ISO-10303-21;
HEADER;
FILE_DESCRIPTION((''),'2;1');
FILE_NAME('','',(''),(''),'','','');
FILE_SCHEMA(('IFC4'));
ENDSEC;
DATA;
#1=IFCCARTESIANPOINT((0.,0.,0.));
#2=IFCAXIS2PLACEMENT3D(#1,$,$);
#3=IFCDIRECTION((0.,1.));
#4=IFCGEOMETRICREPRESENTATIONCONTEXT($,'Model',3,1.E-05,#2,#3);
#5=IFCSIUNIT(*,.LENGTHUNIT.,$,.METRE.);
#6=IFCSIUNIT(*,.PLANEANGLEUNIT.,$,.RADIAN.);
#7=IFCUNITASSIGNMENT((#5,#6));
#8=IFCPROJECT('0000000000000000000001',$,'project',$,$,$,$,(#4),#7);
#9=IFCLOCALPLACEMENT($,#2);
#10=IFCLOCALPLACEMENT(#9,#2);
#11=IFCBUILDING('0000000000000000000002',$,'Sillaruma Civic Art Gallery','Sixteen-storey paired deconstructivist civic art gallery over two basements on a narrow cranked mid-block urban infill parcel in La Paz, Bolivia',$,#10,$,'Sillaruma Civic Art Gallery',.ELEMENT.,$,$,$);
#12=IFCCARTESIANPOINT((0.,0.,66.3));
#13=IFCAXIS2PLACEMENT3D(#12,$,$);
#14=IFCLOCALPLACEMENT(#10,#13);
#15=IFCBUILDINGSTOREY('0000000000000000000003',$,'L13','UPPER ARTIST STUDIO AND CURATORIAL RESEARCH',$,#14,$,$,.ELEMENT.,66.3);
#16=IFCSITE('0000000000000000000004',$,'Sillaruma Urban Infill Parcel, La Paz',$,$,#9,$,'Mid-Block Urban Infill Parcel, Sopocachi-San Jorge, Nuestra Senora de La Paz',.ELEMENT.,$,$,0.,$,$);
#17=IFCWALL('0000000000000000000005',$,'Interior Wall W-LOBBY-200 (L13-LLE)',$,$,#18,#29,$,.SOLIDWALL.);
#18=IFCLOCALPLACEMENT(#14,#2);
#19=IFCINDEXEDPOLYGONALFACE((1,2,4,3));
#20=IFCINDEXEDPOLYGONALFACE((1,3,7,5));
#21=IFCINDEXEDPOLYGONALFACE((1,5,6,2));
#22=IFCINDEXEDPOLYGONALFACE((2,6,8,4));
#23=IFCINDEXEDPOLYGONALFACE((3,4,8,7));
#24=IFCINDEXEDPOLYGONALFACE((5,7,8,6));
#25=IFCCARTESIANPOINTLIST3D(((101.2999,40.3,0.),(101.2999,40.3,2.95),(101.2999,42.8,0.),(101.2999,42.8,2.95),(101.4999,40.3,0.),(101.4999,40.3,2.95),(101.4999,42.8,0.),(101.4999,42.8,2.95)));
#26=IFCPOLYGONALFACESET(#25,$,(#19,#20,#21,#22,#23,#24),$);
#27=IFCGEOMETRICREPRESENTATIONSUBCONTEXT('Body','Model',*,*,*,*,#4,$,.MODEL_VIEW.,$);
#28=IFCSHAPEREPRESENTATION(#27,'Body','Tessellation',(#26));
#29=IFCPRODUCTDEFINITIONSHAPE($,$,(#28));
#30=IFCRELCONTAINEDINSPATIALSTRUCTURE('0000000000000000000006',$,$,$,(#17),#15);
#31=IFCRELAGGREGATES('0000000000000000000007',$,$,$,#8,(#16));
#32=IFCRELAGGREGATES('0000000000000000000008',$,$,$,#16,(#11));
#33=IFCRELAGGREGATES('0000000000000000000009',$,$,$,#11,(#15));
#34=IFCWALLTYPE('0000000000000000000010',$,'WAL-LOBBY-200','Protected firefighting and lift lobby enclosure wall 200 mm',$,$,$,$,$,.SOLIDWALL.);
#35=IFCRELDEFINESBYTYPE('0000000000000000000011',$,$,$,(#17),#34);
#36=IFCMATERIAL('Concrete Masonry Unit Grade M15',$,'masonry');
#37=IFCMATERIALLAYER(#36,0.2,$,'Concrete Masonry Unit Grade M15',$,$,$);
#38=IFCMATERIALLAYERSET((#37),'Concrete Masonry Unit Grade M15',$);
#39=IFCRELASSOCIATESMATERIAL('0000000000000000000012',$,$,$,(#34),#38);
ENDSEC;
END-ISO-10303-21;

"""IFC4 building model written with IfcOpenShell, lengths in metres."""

from ifc_helpers import new_model, si_unit, direction, frame, frame_2d, origin, place, context, subcontext, project, spatial, rectangle, extrude, material, layer, layer_set, type_object, element, save


model = new_model("IFC4")

# Units and contexts
model_context = context("Model", 3, precision=1e-05, world=origin(), true_north=direction((0.0, 1.0)))
body_context = subcontext(model_context, "Body", "Model", "MODEL_VIEW")
ifc_project = project(units=[si_unit("LENGTHUNIT", "METRE"), si_unit("PLANEANGLEUNIT", "RADIAN")], contexts=[model_context])

# Site, building, storey
site_placement = place(None, origin())
site = spatial("IfcSite", under=ifc_project, at=site_placement, Name="Sillaruma Urban Infill Parcel, La Paz", LongName="Mid-Block Urban Infill Parcel, Sopocachi-San Jorge, Nuestra Senora de La Paz", CompositionType="ELEMENT", RefElevation=0.0)
building_placement = place(site_placement, origin())
building = spatial("IfcBuilding", under=site, at=building_placement, Name="Sillaruma Civic Art Gallery", Description="Sixteen-storey paired deconstructivist civic art gallery over two basements on a narrow cranked mid-block urban infill parcel in La Paz, Bolivia", LongName="Sillaruma Civic Art Gallery", CompositionType="ELEMENT")
storey_placement = place(building_placement, frame((0.0, 0.0, 66.3)))
storey = spatial("IfcBuildingStorey", under=building, at=storey_placement, Name="L13", Description="UPPER ARTIST STUDIO AND CURATORIAL RESEARCH", CompositionType="ELEMENT", Elevation=66.3)

# Wall
ifc_material_1 = material(Name="Concrete Masonry Unit Grade M15", Category="masonry")
ifc_layer_1 = layer(ifc_material_1, 0.2, Name="Concrete Masonry Unit Grade M15")
ifc_layer_set_1 = layer_set([ifc_layer_1], Name="Concrete Masonry Unit Grade M15")
wall_type = type_object("IfcWallType", Name="WAL-LOBBY-200", Description="Protected firefighting and lift lobby enclosure wall 200 mm", PredefinedType="SOLIDWALL", material=ifc_layer_set_1)
wall_1_placement = place(storey_placement, frame((101.3999, 40.3, 0.0), z_axis=(0.0, 0.0, 1.0), x_axis=(0.0, 1.0, 0.0)))
element("IfcWall", 1, at=wall_1_placement, inside=storey, type_object=wall_type, Name="Interior Wall W-LOBBY-200 (L13-LLE)", PredefinedType="SOLIDWALL", context=body_context, shape_type="SweptSolid", body=[
    extrude(rectangle(XDim=2.5, YDim=0.2, at=frame_2d((1.25, 0.0))), origin(), (0.0, 0.0, 1.0), 2.95),
])

save(model, "model.ifc")
